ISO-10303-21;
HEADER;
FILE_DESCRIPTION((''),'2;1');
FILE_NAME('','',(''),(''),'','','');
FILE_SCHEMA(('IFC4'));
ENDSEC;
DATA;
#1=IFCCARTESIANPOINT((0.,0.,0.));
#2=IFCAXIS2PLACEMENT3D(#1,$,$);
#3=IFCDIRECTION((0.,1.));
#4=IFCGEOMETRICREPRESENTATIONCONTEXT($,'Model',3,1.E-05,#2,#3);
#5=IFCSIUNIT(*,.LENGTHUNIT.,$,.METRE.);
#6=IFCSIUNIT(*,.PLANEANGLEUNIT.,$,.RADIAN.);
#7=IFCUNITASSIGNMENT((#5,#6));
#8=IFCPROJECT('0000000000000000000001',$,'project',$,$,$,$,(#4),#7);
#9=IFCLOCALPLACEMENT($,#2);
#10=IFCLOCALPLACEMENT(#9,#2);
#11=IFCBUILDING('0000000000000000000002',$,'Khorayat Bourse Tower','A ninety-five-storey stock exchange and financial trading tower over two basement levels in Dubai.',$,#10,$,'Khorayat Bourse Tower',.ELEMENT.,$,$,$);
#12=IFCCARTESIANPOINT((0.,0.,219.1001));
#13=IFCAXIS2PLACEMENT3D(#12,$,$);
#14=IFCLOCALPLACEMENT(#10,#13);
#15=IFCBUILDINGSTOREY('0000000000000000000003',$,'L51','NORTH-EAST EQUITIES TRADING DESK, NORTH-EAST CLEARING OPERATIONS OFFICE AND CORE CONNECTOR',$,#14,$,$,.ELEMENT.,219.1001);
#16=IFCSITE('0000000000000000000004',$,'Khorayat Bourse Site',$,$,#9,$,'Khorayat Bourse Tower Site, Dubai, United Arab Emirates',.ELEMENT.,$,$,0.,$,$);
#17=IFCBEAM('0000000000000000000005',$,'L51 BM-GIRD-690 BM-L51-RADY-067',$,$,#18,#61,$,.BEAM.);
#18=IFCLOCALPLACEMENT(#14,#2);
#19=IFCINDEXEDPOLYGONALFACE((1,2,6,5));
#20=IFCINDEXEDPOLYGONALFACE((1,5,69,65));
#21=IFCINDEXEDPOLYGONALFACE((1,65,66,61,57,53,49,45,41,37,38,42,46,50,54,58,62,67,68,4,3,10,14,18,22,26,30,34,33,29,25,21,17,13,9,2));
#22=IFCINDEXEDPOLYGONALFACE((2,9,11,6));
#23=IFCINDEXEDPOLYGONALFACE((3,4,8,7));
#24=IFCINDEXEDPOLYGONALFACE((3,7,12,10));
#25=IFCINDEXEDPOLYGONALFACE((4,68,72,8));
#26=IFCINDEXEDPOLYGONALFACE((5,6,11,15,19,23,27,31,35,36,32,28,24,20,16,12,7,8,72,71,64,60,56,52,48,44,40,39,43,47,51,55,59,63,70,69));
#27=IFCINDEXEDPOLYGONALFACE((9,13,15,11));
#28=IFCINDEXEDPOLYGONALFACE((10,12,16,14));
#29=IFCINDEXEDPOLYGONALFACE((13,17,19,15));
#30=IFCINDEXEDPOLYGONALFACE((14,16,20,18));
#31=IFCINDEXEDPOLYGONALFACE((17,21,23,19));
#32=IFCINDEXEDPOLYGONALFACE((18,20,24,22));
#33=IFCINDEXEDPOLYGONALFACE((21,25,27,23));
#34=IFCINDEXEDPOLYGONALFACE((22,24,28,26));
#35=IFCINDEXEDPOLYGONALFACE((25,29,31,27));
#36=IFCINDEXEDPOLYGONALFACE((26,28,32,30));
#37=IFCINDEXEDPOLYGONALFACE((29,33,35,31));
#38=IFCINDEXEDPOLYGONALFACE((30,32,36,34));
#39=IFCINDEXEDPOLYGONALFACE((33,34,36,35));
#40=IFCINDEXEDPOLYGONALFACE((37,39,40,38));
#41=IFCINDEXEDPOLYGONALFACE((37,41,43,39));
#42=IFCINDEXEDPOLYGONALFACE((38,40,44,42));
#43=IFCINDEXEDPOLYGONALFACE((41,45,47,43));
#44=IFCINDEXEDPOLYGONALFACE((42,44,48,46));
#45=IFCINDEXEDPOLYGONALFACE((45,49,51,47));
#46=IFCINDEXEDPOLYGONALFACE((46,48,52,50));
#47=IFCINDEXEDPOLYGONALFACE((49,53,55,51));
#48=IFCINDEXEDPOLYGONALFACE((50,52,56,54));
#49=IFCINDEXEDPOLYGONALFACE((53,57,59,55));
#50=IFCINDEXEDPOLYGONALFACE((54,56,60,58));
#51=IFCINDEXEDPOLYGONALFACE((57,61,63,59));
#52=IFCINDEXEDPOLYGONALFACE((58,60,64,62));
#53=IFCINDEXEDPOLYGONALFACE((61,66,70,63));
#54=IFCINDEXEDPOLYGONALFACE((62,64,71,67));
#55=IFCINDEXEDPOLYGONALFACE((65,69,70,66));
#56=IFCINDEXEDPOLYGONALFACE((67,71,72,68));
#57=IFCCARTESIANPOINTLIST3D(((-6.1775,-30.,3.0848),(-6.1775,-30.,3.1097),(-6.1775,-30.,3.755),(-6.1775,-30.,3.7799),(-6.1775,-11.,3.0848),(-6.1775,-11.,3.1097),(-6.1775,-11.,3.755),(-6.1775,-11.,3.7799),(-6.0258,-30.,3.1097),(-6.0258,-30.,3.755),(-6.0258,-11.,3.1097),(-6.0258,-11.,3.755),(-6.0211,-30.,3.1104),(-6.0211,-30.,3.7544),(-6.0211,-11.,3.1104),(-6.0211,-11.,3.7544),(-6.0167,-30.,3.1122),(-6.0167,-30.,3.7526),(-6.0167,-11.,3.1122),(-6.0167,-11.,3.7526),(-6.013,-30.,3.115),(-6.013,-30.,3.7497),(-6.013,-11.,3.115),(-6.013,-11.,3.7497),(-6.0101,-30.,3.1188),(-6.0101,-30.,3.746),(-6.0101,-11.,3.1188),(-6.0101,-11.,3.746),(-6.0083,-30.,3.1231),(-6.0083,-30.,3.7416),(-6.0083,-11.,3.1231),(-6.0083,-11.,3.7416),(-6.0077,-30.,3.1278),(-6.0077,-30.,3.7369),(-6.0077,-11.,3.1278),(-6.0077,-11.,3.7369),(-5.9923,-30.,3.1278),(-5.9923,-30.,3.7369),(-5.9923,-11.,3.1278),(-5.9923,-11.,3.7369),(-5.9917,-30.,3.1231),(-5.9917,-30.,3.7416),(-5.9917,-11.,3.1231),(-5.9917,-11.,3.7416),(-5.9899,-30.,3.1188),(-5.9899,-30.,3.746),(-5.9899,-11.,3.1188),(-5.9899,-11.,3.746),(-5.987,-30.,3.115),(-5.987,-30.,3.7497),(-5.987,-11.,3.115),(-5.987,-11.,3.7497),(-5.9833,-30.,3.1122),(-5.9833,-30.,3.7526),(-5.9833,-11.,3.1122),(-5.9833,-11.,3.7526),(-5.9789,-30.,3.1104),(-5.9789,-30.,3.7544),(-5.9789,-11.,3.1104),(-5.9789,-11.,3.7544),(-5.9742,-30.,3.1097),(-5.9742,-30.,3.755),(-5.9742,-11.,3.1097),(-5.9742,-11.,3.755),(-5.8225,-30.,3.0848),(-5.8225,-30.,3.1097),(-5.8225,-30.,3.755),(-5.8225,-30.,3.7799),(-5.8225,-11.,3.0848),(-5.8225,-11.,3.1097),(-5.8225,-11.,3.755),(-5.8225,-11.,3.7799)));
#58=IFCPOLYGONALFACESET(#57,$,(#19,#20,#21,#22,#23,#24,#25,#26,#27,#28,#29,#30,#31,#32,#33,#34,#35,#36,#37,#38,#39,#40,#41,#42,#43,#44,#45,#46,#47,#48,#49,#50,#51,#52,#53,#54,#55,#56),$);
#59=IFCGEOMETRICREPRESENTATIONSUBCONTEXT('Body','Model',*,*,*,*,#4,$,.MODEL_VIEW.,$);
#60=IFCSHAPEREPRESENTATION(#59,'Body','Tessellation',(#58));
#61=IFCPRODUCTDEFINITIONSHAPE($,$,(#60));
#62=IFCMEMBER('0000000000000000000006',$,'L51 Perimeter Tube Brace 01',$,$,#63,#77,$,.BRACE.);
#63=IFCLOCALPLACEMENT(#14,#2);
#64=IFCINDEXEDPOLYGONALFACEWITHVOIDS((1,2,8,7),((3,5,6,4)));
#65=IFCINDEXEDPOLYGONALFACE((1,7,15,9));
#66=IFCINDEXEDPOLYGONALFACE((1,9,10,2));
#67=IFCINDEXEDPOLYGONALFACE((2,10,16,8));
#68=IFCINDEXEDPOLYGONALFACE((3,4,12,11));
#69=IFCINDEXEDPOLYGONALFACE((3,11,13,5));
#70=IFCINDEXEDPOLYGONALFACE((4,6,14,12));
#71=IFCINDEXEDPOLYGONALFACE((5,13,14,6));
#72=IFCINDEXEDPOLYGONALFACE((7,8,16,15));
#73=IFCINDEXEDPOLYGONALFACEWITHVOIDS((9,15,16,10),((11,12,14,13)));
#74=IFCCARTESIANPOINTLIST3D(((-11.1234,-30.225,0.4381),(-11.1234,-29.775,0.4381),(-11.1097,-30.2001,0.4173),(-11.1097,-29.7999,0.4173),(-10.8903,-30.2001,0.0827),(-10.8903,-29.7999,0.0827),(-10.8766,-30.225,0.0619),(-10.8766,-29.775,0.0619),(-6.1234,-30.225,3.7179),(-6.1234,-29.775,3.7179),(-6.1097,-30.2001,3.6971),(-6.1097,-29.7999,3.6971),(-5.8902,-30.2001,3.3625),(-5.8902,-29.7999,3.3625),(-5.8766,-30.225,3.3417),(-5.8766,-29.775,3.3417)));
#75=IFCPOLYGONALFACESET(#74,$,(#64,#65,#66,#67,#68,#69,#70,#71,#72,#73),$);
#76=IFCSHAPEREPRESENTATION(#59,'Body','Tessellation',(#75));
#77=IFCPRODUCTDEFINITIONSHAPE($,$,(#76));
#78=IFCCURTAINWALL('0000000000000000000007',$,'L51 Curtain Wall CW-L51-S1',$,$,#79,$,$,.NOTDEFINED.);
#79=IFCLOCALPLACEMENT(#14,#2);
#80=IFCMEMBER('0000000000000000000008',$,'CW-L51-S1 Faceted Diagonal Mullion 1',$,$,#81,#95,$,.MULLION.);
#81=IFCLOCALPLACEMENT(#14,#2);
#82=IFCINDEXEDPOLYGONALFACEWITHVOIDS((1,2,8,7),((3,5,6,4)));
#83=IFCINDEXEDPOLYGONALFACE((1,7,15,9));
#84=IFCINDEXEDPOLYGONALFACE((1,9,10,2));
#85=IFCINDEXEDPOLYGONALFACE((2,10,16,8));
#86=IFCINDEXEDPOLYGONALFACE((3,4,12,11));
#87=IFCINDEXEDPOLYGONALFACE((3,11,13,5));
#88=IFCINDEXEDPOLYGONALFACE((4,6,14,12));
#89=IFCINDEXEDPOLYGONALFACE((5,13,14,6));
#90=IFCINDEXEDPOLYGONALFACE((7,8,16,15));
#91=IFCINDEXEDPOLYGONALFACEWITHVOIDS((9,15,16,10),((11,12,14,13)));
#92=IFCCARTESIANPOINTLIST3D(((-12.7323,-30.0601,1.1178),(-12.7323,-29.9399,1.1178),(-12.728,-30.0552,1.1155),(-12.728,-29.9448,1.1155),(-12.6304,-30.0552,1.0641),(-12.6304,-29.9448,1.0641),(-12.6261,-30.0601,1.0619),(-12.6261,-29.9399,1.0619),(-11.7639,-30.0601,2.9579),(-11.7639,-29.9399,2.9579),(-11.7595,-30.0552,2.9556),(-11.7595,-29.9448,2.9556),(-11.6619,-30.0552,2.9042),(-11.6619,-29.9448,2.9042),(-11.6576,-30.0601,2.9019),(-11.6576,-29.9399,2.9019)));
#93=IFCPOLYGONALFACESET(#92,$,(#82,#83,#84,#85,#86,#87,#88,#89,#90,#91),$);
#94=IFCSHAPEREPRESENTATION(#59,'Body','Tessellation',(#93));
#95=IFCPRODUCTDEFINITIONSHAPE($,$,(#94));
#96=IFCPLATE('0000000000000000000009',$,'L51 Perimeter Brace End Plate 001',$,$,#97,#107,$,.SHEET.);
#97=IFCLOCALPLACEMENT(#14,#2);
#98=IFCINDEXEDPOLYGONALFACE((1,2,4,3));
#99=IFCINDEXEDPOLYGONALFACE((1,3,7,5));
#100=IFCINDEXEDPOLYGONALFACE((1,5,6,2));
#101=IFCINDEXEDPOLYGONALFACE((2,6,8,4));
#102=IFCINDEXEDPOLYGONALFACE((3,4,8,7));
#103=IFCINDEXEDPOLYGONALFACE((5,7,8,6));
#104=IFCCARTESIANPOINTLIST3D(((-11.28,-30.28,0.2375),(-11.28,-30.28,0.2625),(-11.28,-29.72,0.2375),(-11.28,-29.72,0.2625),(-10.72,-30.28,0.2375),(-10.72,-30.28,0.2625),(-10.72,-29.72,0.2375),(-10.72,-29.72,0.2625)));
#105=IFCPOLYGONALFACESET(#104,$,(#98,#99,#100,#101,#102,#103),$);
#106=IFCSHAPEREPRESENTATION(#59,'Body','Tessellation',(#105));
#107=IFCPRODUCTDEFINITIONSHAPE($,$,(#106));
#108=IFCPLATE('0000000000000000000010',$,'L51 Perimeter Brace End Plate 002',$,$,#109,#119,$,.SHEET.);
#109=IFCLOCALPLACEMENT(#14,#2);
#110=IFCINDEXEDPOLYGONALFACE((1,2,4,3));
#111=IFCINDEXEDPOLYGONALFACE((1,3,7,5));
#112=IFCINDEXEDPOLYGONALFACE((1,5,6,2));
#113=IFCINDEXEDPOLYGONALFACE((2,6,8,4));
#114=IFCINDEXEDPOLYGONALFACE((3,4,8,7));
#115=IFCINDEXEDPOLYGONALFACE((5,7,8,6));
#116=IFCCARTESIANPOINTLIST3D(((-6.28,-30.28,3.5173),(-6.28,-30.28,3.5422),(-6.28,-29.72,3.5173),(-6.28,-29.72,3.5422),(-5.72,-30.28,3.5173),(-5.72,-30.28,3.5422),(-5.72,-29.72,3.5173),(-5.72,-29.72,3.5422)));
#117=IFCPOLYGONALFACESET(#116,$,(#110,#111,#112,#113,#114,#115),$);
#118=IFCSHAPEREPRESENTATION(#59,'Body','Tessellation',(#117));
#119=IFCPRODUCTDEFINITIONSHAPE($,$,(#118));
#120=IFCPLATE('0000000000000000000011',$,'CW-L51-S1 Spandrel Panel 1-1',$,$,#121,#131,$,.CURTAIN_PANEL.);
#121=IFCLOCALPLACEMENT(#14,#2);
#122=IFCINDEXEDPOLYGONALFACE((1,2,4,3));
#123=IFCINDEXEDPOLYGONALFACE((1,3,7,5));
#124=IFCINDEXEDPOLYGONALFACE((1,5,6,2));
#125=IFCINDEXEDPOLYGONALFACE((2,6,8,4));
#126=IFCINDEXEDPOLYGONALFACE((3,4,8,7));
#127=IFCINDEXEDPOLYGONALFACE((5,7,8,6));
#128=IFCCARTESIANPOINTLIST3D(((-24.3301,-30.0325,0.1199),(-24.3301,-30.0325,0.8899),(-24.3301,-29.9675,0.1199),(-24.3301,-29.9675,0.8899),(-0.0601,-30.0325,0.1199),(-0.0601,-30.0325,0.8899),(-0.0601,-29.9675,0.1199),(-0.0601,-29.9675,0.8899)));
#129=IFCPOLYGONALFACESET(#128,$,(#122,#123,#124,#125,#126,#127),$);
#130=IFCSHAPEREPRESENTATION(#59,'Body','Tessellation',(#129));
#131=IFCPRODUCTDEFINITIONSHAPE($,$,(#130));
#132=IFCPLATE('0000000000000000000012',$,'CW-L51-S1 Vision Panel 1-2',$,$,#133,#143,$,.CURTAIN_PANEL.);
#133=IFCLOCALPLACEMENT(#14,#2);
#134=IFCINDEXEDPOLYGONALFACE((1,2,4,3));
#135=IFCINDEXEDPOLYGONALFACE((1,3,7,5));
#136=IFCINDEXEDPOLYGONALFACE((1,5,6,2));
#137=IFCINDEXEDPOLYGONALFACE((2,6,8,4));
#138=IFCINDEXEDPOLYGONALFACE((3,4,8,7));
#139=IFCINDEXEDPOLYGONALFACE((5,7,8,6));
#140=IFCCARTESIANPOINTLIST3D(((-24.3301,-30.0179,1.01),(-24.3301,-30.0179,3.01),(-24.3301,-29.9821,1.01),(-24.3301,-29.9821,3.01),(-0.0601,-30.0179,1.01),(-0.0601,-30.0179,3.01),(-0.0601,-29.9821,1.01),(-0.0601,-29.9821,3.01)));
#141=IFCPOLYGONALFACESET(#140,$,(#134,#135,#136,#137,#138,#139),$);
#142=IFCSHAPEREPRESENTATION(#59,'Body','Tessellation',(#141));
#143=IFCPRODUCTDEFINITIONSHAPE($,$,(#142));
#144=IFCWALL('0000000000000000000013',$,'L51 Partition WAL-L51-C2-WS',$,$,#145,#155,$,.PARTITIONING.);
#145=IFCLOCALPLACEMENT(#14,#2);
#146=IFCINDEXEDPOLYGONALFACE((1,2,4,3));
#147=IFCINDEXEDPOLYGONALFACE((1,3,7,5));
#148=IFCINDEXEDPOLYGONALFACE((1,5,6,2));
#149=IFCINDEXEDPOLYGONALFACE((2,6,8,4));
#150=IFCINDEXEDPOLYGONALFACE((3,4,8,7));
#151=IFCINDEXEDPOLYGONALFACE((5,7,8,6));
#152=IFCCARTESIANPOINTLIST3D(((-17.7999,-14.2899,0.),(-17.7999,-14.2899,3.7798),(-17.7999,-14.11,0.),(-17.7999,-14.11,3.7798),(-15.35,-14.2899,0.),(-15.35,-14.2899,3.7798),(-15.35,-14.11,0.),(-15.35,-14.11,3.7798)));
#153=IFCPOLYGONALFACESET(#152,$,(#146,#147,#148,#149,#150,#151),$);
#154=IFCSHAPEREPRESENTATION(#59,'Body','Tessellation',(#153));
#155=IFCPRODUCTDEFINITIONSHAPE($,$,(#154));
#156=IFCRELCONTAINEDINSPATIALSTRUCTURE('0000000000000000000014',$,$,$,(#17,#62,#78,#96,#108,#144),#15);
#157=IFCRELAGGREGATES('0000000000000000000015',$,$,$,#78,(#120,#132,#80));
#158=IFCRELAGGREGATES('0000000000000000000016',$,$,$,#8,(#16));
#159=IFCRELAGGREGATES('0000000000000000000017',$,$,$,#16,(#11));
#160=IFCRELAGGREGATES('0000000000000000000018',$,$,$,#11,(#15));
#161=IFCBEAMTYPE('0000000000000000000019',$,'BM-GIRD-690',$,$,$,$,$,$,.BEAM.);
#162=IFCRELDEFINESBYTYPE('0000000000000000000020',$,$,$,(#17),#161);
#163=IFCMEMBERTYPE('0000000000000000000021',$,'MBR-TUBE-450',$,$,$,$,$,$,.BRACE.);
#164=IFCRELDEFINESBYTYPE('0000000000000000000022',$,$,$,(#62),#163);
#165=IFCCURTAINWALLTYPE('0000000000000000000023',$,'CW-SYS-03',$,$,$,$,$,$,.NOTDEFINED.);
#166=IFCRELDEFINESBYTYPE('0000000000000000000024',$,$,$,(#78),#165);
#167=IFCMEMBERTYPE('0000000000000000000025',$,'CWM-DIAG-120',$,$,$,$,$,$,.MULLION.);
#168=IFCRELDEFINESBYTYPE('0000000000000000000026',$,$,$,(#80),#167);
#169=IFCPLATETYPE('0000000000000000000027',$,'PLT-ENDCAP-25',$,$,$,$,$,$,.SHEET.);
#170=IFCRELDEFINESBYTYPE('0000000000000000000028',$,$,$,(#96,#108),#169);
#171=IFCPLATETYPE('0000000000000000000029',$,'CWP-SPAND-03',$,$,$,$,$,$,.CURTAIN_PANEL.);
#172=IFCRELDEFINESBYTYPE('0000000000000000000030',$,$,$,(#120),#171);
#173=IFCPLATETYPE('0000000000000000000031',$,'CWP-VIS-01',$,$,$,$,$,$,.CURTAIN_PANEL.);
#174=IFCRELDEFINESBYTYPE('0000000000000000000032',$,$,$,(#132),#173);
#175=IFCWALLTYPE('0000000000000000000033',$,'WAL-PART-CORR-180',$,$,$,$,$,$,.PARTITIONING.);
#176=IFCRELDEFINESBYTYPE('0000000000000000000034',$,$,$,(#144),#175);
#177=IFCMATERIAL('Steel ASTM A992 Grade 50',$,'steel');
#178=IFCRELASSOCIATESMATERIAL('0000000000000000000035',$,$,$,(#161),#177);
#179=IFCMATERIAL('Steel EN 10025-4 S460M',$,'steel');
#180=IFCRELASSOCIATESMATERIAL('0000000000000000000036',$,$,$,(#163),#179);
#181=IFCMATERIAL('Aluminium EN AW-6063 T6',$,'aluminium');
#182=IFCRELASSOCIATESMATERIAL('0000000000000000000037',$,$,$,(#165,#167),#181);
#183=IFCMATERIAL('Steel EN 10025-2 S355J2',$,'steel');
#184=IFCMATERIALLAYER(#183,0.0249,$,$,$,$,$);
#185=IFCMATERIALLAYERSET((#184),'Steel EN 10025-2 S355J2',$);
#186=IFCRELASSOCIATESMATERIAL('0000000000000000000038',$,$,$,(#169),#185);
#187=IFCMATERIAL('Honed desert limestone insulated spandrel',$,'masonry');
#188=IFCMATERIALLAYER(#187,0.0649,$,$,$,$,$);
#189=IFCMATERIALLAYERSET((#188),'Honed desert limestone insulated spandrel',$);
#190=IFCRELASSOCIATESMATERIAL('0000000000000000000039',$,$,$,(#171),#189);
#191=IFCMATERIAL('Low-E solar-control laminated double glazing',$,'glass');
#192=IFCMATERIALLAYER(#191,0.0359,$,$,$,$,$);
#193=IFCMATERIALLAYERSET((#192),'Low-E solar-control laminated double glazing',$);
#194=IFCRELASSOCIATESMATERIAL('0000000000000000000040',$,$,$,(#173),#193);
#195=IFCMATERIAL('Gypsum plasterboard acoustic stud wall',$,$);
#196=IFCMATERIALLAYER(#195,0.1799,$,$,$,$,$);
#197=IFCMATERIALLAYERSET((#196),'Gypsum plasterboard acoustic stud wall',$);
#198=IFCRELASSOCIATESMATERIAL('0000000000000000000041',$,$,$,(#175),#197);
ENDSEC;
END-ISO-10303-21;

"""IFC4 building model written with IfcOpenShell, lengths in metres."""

from ifc_helpers import new_model, si_unit, direction, frame, frame_2d, origin, origin_2d, place, context, subcontext, project, spatial, rectangle, hollow_rectangle, i_section, extrude, source, transform, mapped, material, layer, layer_set, material_profile, profile_set, type_object, element, aggregate, save


model = new_model("IFC4")

# Units and contexts
model_context = context("Model", 3, precision=1e-05, world=origin(), true_north=direction((0.0, 1.0)))
body_context = subcontext(model_context, "Body", "Model", "MODEL_VIEW")
ifc_project = project(units=[si_unit("LENGTHUNIT", "METRE"), si_unit("PLANEANGLEUNIT", "RADIAN")], contexts=[model_context])

# Site, building, storey
site_placement = place(None, origin())
site = spatial("IfcSite", under=ifc_project, at=site_placement, Name="Khorayat Bourse Site", LongName="Khorayat Bourse Tower Site, Dubai, United Arab Emirates", CompositionType="ELEMENT", RefElevation=0.0)
building_placement = place(site_placement, origin())
building = spatial("IfcBuilding", under=site, at=building_placement, Name="Khorayat Bourse Tower", Description="A ninety-five-storey stock exchange and financial trading tower over two basement levels in Dubai.", LongName="Khorayat Bourse Tower", CompositionType="ELEMENT")
storey_placement = place(building_placement, frame((0.0, 0.0, 219.1001)))
storey = spatial("IfcBuildingStorey", under=building, at=storey_placement, Name="L51", Description="NORTH-EAST EQUITIES TRADING DESK, NORTH-EAST CLEARING OPERATIONS OFFICE AND CORE CONNECTOR", CompositionType="ELEMENT", Elevation=219.1001)

# Shared definitions
ifc_material_1 = material(Name="Steel EN 10025-4 S460M", Category="steel")

# Beam
ifc_material_2 = material(Name="Steel ASTM A992 Grade 50", Category="steel")
ifc_material_profile_1 = material_profile(ifc_material_2, i_section(OverallWidth=0.355, OverallDepth=0.6951, WebThickness=0.0154, FlangeThickness=0.0249, FilletRadius=0.0181, at=origin_2d()), Name="W690X217")
ifc_profile_set_1 = profile_set([ifc_material_profile_1], Name="Steel ASTM A992 Grade 50")
beam_type_1 = type_object("IfcBeamType", Name="BM-GIRD-690", PredefinedType="BEAM", material=ifc_profile_set_1)
shared_shape_1 = source(origin(), body_context, "Body", "SweptSolid", [
    extrude(i_section(OverallWidth=0.355, OverallDepth=0.6951, WebThickness=0.0154, FlangeThickness=0.0249, FilletRadius=0.0181, at=origin_2d()), origin(), (0.0, 0.0, 1.0), 19.0),
])
for number, where, z_axis, x_axis, name in (
    (1, (-6.0, -30.0, 3.4324), (0.0, 1.0, 0.0), (-1.0, 0.0, 0.0), "L51 BM-GIRD-690 BM-L51-RADY-067"),
):
    element("IfcBeam", number, at=place(storey_placement, frame(where, z_axis=z_axis, x_axis=x_axis)), inside=storey, type_object=beam_type_1, Name=name, PredefinedType="BEAM", context=body_context, shape_type="MappedRepresentation", body=[
        mapped(shared_shape_1, transform((0.0, 0.0, 0.0), scale=1.0)),
    ])

# Member
ifc_material_profile_2 = material_profile(ifc_material_1, hollow_rectangle(XDim=0.45, YDim=0.45, WallThickness=0.0249, at=origin_2d()), Name="HSS 450x450x25")
ifc_profile_set_2 = profile_set([ifc_material_profile_2], Name="Steel EN 10025-4 S460M")
member_type_1 = type_object("IfcMemberType", Name="MBR-TUBE-450", PredefinedType="BRACE", material=ifc_profile_set_2)
shared_shape_2 = source(origin(), body_context, "Body", "SweptSolid", [
    extrude(hollow_rectangle(XDim=0.45, YDim=0.45, WallThickness=0.0249, at=origin_2d()), origin(), (0.0, 0.0, 1.0), 5.9797),
])
member_1_placement = place(storey_placement, frame((-11.0, -30.0, 0.25), z_axis=(0.83616, 0.0, 0.548485), x_axis=(0.0, 1.0, 0.0)))
element("IfcMember", 2, at=member_1_placement, inside=storey, type_object=member_type_1, Name="L51 Perimeter Tube Brace 01", PredefinedType="BRACE", context=body_context, shape_type="MappedRepresentation", body=[
    mapped(shared_shape_2, transform((0.0, 0.0, 0.0), scale=1.0)),
])

# Curtain wall, member
ifc_material_3 = material(Name="Aluminium EN AW-6063 T6", Category="aluminium")
curtain_wall_type = type_object("IfcCurtainWallType", Name="CW-SYS-03", PredefinedType="NOTDEFINED", material=ifc_material_3)
curtain_wall_placement = place(storey_placement, origin())
curtain_wall = element("IfcCurtainWall", 3, at=curtain_wall_placement, inside=storey, type_object=curtain_wall_type, Name="L51 Curtain Wall CW-L51-S1", PredefinedType="NOTDEFINED")
ifc_material_profile_3 = material_profile(ifc_material_3, hollow_rectangle(XDim=0.1201, YDim=0.1201, WallThickness=0.0049, at=origin_2d()), Name="ALU 120x120x5")
ifc_profile_set_3 = profile_set([ifc_material_profile_3], Name="Aluminium EN AW-6063 T6")
member_type_2 = type_object("IfcMemberType", Name="CWM-DIAG-120", PredefinedType="MULLION", material=ifc_profile_set_3)
shared_shape_3 = source(origin(), body_context, "Body", "SweptSolid", [
    extrude(hollow_rectangle(XDim=0.1201, YDim=0.1201, WallThickness=0.0049, at=origin_2d()), origin(), (0.0, 0.0, 1.0), 2.0793),
])
member_2_placement = place(storey_placement, frame((-12.6792, -30.0, 1.0898), z_axis=(0.465761, 0.0, 0.884911), x_axis=(0.0, 1.0, 0.0)))
member_2 = element("IfcMember", 4, at=member_2_placement, type_object=member_type_2, Name="CW-L51-S1 Faceted Diagonal Mullion 1", PredefinedType="MULLION", context=body_context, shape_type="MappedRepresentation", body=[
    mapped(shared_shape_3, transform((0.0, 0.0, 0.0), scale=1.0)),
])

# Plates
ifc_material_4 = material(Name="Steel EN 10025-2 S355J2", Category="steel")
ifc_layer_1 = layer(ifc_material_4, 0.0249)
ifc_layer_set_1 = layer_set([ifc_layer_1], Name="Steel EN 10025-2 S355J2")
plate_type_1 = type_object("IfcPlateType", Name="PLT-ENDCAP-25", PredefinedType="SHEET", material=ifc_layer_set_1)
shared_shape_4 = source(origin(), body_context, "Body", "SweptSolid", [
    extrude(rectangle(XDim=0.5601, YDim=0.5601, at=origin_2d()), origin(), (0.0, 0.0, 1.0), 0.0249),
])
for number, where, z_axis, x_axis, name in (
    (5, (-11.0, -30.0, 0.2375), (0.0, 0.0, 1.0), (1.0, 0.0, 0.0), "L51 Perimeter Brace End Plate 001"),
    (6, (-6.0, -30.0, 3.5173), (0.0, 0.0, 1.0), (1.0, 0.0, 0.0), "L51 Perimeter Brace End Plate 002"),
):
    element("IfcPlate", number, at=place(storey_placement, frame(where, z_axis=z_axis, x_axis=x_axis)), inside=storey, type_object=plate_type_1, Name=name, PredefinedType="SHEET", context=body_context, shape_type="MappedRepresentation", body=[
        mapped(shared_shape_4, transform((0.0, 0.0, 0.0), scale=1.0)),
    ])

# Plates
ifc_material_5 = material(Name="Honed desert limestone insulated spandrel", Category="masonry")
ifc_layer_2 = layer(ifc_material_5, 0.0649)
ifc_layer_set_2 = layer_set([ifc_layer_2], Name="Honed desert limestone insulated spandrel")
plate_type_2 = type_object("IfcPlateType", Name="CWP-SPAND-03", PredefinedType="CURTAIN_PANEL", material=ifc_layer_set_2)
shared_shape_5 = source(origin(), body_context, "Body", "SweptSolid", [
    extrude(rectangle(XDim=24.27, YDim=0.0649, at=origin_2d()), origin(), (0.0, 0.0, 1.0), 0.77),
])
plate_1_placement = place(storey_placement, frame((-12.1951, -30.0, 0.1199), z_axis=(0.0, 0.0, 1.0), x_axis=(1.0, 0.0, 0.0)))
plate_1 = element("IfcPlate", 7, at=plate_1_placement, type_object=plate_type_2, Name="CW-L51-S1 Spandrel Panel 1-1", PredefinedType="CURTAIN_PANEL", context=body_context, shape_type="MappedRepresentation", body=[
    mapped(shared_shape_5, transform((0.0, 0.0, 0.0), scale=1.0)),
])
ifc_material_6 = material(Name="Low-E solar-control laminated double glazing", Category="glass")
ifc_layer_3 = layer(ifc_material_6, 0.0359)
ifc_layer_set_3 = layer_set([ifc_layer_3], Name="Low-E solar-control laminated double glazing")
plate_type_3 = type_object("IfcPlateType", Name="CWP-VIS-01", PredefinedType="CURTAIN_PANEL", material=ifc_layer_set_3)
shared_shape_6 = source(origin(), body_context, "Body", "SweptSolid", [
    extrude(rectangle(XDim=24.27, YDim=0.0359, at=origin_2d()), origin(), (0.0, 0.0, 1.0), 2.0),
])
plate_2_placement = place(storey_placement, frame((-12.1951, -30.0, 1.01), z_axis=(0.0, 0.0, 1.0), x_axis=(1.0, 0.0, 0.0)))
plate_2 = element("IfcPlate", 8, at=plate_2_placement, type_object=plate_type_3, Name="CW-L51-S1 Vision Panel 1-2", PredefinedType="CURTAIN_PANEL", context=body_context, shape_type="MappedRepresentation", body=[
    mapped(shared_shape_6, transform((0.0, 0.0, 0.0), scale=1.0)),
])
aggregate(curtain_wall, [plate_1, plate_2, member_2])

# Wall
ifc_material_7 = material(Name="Gypsum plasterboard acoustic stud wall")
ifc_layer_4 = layer(ifc_material_7, 0.1799)
ifc_layer_set_4 = layer_set([ifc_layer_4], Name="Gypsum plasterboard acoustic stud wall")
wall_type_1 = type_object("IfcWallType", Name="WAL-PART-CORR-180", PredefinedType="PARTITIONING", material=ifc_layer_set_4)
shared_shape_7 = source(origin(), body_context, "Body", "SweptSolid", [
    extrude(rectangle(XDim=2.45, YDim=0.1799, at=frame_2d((1.2251, 0.0))), origin(), (0.0, 0.0, 1.0), 3.7798),
])
wall_1_placement = place(storey_placement, frame((-17.8, -14.2, 0.0), z_axis=(0.0, 0.0, 1.0), x_axis=(1.0, 0.0, 0.0)))
element("IfcWall", 9, at=wall_1_placement, inside=storey, type_object=wall_type_1, Name="L51 Partition WAL-L51-C2-WS", PredefinedType="PARTITIONING", context=body_context, shape_type="MappedRepresentation", body=[
    mapped(shared_shape_7, transform((0.0, 0.0, 0.0), scale=1.0)),
])

save(model, "model.ifc")
